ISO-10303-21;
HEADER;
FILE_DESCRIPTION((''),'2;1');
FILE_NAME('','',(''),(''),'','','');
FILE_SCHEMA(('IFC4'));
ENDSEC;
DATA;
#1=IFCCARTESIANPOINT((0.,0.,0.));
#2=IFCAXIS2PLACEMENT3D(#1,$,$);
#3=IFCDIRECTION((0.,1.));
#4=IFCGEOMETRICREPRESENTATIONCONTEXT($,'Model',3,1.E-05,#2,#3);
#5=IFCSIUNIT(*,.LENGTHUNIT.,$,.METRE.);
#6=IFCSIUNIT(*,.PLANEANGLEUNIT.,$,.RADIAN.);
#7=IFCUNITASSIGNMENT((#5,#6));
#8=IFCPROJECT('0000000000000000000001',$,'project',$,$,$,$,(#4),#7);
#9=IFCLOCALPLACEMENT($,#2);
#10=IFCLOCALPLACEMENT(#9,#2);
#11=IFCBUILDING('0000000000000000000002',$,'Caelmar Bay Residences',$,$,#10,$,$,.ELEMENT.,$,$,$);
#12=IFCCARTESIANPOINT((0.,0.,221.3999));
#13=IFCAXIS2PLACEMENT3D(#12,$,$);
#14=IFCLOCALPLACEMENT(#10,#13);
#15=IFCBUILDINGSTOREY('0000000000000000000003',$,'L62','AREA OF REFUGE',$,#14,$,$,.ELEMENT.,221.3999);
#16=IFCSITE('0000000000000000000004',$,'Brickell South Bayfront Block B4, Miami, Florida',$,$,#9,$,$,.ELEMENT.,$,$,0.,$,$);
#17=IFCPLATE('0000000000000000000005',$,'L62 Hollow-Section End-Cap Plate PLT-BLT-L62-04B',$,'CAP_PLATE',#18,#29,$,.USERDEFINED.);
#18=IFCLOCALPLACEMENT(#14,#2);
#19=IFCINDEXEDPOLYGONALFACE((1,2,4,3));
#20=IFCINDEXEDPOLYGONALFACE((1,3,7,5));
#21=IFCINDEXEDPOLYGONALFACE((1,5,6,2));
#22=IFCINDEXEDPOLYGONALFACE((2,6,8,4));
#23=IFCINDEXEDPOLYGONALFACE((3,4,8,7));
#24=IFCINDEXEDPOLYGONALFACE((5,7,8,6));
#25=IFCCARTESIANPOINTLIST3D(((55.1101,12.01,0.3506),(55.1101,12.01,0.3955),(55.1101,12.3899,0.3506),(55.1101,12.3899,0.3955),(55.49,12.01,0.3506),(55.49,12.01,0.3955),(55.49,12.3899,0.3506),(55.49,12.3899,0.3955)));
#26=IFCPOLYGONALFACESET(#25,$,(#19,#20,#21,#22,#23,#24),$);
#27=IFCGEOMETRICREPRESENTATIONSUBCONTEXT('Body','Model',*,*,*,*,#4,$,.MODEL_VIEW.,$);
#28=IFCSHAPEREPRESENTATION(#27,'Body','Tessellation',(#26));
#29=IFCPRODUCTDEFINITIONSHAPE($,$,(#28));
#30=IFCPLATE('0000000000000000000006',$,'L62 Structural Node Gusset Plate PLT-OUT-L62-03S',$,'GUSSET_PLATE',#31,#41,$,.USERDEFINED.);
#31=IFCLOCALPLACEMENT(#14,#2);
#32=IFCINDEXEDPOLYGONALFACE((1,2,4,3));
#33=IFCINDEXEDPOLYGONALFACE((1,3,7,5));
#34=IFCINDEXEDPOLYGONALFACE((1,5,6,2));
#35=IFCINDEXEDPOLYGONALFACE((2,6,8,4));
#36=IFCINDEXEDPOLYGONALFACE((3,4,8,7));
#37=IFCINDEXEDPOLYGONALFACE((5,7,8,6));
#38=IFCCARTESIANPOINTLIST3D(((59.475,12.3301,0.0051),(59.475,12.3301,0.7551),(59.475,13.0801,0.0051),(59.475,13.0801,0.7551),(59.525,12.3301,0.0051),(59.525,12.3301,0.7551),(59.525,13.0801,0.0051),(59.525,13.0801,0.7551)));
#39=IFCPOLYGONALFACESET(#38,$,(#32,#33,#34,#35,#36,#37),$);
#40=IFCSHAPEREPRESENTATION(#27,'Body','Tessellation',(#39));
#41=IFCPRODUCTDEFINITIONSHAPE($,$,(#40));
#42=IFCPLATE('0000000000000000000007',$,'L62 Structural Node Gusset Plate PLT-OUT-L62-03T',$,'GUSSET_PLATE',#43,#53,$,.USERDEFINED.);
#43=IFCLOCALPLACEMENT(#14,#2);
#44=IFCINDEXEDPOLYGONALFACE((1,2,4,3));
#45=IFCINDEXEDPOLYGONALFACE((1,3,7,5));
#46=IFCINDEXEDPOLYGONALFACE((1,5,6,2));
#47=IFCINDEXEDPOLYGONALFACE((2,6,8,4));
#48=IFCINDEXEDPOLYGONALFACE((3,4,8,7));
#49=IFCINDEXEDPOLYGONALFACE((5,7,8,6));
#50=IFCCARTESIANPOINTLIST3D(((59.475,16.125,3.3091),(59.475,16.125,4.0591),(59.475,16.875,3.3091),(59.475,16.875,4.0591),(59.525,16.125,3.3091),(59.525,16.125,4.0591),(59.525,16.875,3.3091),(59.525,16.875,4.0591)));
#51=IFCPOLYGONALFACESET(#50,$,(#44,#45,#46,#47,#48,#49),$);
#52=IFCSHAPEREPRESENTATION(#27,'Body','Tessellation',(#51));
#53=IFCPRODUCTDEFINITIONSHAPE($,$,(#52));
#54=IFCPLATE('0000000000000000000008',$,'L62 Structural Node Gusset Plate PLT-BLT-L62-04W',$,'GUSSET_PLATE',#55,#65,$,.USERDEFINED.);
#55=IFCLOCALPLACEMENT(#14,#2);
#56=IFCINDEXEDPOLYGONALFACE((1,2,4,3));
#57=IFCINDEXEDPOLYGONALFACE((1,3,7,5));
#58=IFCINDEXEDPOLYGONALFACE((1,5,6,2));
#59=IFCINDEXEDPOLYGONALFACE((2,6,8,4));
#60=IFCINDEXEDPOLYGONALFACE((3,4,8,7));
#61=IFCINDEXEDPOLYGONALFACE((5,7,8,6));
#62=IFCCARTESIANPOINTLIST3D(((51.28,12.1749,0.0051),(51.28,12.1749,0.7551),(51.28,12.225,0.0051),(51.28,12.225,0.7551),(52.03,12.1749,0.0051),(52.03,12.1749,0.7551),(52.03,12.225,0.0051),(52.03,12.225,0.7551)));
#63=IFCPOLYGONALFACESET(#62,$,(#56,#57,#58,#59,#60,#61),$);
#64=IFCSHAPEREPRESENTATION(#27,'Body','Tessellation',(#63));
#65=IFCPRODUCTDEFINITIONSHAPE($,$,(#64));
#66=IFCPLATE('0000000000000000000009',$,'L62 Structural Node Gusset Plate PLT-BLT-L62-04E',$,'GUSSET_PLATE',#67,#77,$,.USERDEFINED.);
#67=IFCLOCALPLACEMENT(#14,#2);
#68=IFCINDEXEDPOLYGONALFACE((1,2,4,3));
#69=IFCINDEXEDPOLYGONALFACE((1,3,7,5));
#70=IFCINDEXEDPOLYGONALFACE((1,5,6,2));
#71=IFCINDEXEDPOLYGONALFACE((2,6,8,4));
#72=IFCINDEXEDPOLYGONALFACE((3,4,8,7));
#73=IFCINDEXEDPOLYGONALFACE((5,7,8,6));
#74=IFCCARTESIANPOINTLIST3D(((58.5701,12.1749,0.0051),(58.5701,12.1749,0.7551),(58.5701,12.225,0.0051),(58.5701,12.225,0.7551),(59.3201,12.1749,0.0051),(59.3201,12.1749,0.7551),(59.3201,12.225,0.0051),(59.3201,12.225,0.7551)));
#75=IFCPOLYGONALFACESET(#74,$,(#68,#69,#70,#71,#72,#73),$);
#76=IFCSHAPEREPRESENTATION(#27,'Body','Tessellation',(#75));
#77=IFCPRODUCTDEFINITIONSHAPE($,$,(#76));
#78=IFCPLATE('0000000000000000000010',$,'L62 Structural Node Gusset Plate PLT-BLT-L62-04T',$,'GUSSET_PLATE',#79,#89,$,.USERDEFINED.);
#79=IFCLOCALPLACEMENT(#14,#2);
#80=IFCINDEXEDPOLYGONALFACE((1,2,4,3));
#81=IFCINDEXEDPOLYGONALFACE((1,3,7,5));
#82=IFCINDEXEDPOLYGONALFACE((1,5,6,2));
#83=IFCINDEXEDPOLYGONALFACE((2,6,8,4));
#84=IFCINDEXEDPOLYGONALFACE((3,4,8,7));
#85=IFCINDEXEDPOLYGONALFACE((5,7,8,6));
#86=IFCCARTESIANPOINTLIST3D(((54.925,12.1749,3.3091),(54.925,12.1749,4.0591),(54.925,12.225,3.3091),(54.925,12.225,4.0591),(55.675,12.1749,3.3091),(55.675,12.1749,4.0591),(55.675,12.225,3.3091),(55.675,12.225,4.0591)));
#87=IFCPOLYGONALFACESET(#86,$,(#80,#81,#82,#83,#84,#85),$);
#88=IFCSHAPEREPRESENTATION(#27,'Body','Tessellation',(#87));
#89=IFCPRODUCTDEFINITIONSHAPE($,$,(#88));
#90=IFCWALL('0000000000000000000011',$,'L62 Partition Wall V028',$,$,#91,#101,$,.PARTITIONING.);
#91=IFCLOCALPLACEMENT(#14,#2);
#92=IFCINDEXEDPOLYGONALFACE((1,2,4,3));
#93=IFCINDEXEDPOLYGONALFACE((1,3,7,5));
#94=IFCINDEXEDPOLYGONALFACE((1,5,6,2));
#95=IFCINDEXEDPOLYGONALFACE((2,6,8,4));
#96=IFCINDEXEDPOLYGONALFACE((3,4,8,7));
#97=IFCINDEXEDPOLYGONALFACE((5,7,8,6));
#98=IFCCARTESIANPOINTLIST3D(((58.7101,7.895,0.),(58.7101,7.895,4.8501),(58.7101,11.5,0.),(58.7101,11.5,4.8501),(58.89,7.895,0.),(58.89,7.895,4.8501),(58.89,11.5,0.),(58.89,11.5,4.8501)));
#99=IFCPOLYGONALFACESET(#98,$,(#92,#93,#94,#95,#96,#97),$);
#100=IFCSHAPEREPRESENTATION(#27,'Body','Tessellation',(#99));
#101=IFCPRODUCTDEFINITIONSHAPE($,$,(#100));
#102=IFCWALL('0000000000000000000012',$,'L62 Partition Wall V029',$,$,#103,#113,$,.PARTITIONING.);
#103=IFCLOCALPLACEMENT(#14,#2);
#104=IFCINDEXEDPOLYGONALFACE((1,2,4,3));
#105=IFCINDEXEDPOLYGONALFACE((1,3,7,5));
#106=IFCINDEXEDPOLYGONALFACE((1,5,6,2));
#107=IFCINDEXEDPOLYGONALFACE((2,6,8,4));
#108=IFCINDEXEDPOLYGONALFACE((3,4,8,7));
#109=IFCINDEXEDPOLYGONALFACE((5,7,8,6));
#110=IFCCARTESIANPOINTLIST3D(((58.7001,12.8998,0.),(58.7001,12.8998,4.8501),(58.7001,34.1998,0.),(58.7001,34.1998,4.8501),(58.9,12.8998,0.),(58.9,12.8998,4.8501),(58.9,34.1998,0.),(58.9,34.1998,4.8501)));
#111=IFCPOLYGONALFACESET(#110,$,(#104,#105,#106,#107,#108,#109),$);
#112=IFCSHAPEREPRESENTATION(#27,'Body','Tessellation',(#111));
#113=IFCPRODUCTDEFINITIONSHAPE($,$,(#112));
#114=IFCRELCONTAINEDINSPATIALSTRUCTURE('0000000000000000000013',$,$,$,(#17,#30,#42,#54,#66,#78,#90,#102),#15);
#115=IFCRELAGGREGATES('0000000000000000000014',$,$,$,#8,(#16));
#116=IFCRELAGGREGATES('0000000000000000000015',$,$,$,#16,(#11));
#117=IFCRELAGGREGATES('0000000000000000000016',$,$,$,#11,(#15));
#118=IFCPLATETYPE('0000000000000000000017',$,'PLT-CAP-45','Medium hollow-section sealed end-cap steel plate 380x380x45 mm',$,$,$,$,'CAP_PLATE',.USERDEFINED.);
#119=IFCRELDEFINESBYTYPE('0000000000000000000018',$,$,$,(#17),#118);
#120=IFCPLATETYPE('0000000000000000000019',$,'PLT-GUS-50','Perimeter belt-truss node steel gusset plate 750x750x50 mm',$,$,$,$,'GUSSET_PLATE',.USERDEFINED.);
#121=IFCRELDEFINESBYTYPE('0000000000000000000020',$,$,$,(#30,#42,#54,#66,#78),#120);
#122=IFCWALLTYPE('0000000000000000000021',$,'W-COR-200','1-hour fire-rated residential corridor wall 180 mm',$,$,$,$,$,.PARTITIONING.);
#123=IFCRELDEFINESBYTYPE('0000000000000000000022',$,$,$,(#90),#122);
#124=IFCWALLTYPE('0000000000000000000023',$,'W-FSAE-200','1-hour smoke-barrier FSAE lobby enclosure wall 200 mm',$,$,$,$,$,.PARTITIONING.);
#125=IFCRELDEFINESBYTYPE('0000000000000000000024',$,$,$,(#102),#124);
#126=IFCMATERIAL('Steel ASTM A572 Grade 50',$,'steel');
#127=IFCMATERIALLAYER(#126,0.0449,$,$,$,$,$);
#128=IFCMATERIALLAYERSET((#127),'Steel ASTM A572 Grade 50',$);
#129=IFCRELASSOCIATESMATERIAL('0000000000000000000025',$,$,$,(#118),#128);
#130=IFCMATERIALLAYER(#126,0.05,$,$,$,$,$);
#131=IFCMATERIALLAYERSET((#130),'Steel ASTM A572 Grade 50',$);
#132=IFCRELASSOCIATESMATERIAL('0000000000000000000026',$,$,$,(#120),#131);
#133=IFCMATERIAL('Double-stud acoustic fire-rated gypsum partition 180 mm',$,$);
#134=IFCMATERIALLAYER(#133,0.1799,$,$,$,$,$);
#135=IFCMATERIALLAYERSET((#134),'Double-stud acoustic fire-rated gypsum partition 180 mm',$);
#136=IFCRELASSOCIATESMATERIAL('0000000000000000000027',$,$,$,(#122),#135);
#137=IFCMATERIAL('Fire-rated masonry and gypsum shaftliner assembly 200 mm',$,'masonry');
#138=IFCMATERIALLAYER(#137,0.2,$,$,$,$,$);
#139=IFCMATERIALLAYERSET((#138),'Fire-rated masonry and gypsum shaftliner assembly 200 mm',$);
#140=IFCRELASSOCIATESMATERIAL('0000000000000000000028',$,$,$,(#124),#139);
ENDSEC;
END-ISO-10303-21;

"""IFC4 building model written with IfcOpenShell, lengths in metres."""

from ifc_helpers import new_model, si_unit, direction, frame, frame_2d, origin, origin_2d, place, context, subcontext, project, spatial, rectangle, extrude, material, layer, layer_set, type_object, element, save


model = new_model("IFC4")

# Units and contexts
model_context = context("Model", 3, precision=1e-05, world=origin(), true_north=direction((0.0, 1.0)))
body_context = subcontext(model_context, "Body", "Model", "MODEL_VIEW")
ifc_project = project(units=[si_unit("LENGTHUNIT", "METRE"), si_unit("PLANEANGLEUNIT", "RADIAN")], contexts=[model_context])

# Site, building, storey
site_placement = place(None, origin())
site = spatial("IfcSite", under=ifc_project, at=site_placement, Name="Brickell South Bayfront Block B4, Miami, Florida", CompositionType="ELEMENT", RefElevation=0.0)
building_placement = place(site_placement, origin())
building = spatial("IfcBuilding", under=site, at=building_placement, Name="Caelmar Bay Residences", CompositionType="ELEMENT")
storey_placement = place(building_placement, frame((0.0, 0.0, 221.3999)))
storey = spatial("IfcBuildingStorey", under=building, at=storey_placement, Name="L62", Description="AREA OF REFUGE", CompositionType="ELEMENT", Elevation=221.3999)

# Plates
ifc_material_1 = material(Name="Steel ASTM A572 Grade 50", Category="steel")
ifc_layer_1 = layer(ifc_material_1, 0.0449)
ifc_layer_set_1 = layer_set([ifc_layer_1], Name="Steel ASTM A572 Grade 50")
plate_type_1 = type_object("IfcPlateType", Name="PLT-CAP-45", Description="Medium hollow-section sealed end-cap steel plate 380x380x45 mm", ElementType="CAP_PLATE", PredefinedType="USERDEFINED", material=ifc_layer_set_1)
plate_placement = place(storey_placement, frame((55.3, 12.2, 0.3506), z_axis=(0.0, 0.0, 1.0), x_axis=(1.0, 0.0, 0.0)))
element("IfcPlate", 1, at=plate_placement, inside=storey, type_object=plate_type_1, Name="L62 Hollow-Section End-Cap Plate PLT-BLT-L62-04B", ObjectType="CAP_PLATE", PredefinedType="USERDEFINED", context=body_context, shape_type="SweptSolid", body=[
    extrude(rectangle(XDim=0.3799, YDim=0.3799, at=origin_2d()), origin(), (0.0, 0.0, 1.0), 0.0449),
])
ifc_layer_2 = layer(ifc_material_1, 0.05)
ifc_layer_set_2 = layer_set([ifc_layer_2], Name="Steel ASTM A572 Grade 50")
plate_type_2 = type_object("IfcPlateType", Name="PLT-GUS-50", Description="Perimeter belt-truss node steel gusset plate 750x750x50 mm", ElementType="GUSSET_PLATE", PredefinedType="USERDEFINED", material=ifc_layer_set_2)
for number, where, z_axis, x_axis, name in (
    (2, (59.5, 12.7051, 0.0051), (0.0, 0.0, 1.0), (0.0, 1.0, 0.0), "L62 Structural Node Gusset Plate PLT-OUT-L62-03S"),
    (3, (59.5, 16.5, 3.3091), (0.0, 0.0, 1.0), (0.0, 1.0, 0.0), "L62 Structural Node Gusset Plate PLT-OUT-L62-03T"),
    (4, (51.655, 12.2, 0.0051), (0.0, 0.0, 1.0), (1.0, 0.0, 0.0), "L62 Structural Node Gusset Plate PLT-BLT-L62-04W"),
    (5, (58.9451, 12.2, 0.0051), (0.0, 0.0, 1.0), (1.0, 0.0, 0.0), "L62 Structural Node Gusset Plate PLT-BLT-L62-04E"),
    (6, (55.3, 12.2, 3.3091), (0.0, 0.0, 1.0), (1.0, 0.0, 0.0), "L62 Structural Node Gusset Plate PLT-BLT-L62-04T"),
):
    element("IfcPlate", number, at=place(storey_placement, frame(where, z_axis=z_axis, x_axis=x_axis)), inside=storey, type_object=plate_type_2, Name=name, ObjectType="GUSSET_PLATE", PredefinedType="USERDEFINED", context=body_context, shape_type="SweptSolid", body=[
        extrude(rectangle(XDim=0.75, YDim=0.05, at=origin_2d()), origin(), (0.0, 0.0, 1.0), 0.75),
    ])

# Walls
ifc_material_2 = material(Name="Double-stud acoustic fire-rated gypsum partition 180 mm")
ifc_layer_3 = layer(ifc_material_2, 0.1799)
ifc_layer_set_3 = layer_set([ifc_layer_3], Name="Double-stud acoustic fire-rated gypsum partition 180 mm")
wall_type_1 = type_object("IfcWallType", Name="W-COR-200", Description="1-hour fire-rated residential corridor wall 180 mm", PredefinedType="PARTITIONING", material=ifc_layer_set_3)
wall_1_placement = place(storey_placement, frame((58.8, 7.895, 0.0), z_axis=(0.0, 0.0, 1.0), x_axis=(0.0, 1.0, 0.0)))
element("IfcWall", 7, at=wall_1_placement, inside=storey, type_object=wall_type_1, Name="L62 Partition Wall V028", PredefinedType="PARTITIONING", context=body_context, shape_type="SweptSolid", body=[
    extrude(rectangle(XDim=3.605, YDim=0.1799, at=frame_2d((1.8025, 0.0))), origin(), (0.0, 0.0, 1.0), 4.8501),
])
ifc_material_3 = material(Name="Fire-rated masonry and gypsum shaftliner assembly 200 mm", Category="masonry")
ifc_layer_4 = layer(ifc_material_3, 0.2)
ifc_layer_set_4 = layer_set([ifc_layer_4], Name="Fire-rated masonry and gypsum shaftliner assembly 200 mm")
wall_type_2 = type_object("IfcWallType", Name="W-FSAE-200", Description="1-hour smoke-barrier FSAE lobby enclosure wall 200 mm", PredefinedType="PARTITIONING", material=ifc_layer_set_4)
wall_2_placement = place(storey_placement, frame((58.8, 12.8999, 0.0), z_axis=(0.0, 0.0, 1.0), x_axis=(0.0, 1.0, 0.0)))
element("IfcWall", 8, at=wall_2_placement, inside=storey, type_object=wall_type_2, Name="L62 Partition Wall V029", PredefinedType="PARTITIONING", context=body_context, shape_type="SweptSolid", body=[
    extrude(rectangle(XDim=21.3, YDim=0.2, at=frame_2d((10.6499, 0.0))), origin(), (0.0, 0.0, 1.0), 4.8501),
])

save(model, "model.ifc")
